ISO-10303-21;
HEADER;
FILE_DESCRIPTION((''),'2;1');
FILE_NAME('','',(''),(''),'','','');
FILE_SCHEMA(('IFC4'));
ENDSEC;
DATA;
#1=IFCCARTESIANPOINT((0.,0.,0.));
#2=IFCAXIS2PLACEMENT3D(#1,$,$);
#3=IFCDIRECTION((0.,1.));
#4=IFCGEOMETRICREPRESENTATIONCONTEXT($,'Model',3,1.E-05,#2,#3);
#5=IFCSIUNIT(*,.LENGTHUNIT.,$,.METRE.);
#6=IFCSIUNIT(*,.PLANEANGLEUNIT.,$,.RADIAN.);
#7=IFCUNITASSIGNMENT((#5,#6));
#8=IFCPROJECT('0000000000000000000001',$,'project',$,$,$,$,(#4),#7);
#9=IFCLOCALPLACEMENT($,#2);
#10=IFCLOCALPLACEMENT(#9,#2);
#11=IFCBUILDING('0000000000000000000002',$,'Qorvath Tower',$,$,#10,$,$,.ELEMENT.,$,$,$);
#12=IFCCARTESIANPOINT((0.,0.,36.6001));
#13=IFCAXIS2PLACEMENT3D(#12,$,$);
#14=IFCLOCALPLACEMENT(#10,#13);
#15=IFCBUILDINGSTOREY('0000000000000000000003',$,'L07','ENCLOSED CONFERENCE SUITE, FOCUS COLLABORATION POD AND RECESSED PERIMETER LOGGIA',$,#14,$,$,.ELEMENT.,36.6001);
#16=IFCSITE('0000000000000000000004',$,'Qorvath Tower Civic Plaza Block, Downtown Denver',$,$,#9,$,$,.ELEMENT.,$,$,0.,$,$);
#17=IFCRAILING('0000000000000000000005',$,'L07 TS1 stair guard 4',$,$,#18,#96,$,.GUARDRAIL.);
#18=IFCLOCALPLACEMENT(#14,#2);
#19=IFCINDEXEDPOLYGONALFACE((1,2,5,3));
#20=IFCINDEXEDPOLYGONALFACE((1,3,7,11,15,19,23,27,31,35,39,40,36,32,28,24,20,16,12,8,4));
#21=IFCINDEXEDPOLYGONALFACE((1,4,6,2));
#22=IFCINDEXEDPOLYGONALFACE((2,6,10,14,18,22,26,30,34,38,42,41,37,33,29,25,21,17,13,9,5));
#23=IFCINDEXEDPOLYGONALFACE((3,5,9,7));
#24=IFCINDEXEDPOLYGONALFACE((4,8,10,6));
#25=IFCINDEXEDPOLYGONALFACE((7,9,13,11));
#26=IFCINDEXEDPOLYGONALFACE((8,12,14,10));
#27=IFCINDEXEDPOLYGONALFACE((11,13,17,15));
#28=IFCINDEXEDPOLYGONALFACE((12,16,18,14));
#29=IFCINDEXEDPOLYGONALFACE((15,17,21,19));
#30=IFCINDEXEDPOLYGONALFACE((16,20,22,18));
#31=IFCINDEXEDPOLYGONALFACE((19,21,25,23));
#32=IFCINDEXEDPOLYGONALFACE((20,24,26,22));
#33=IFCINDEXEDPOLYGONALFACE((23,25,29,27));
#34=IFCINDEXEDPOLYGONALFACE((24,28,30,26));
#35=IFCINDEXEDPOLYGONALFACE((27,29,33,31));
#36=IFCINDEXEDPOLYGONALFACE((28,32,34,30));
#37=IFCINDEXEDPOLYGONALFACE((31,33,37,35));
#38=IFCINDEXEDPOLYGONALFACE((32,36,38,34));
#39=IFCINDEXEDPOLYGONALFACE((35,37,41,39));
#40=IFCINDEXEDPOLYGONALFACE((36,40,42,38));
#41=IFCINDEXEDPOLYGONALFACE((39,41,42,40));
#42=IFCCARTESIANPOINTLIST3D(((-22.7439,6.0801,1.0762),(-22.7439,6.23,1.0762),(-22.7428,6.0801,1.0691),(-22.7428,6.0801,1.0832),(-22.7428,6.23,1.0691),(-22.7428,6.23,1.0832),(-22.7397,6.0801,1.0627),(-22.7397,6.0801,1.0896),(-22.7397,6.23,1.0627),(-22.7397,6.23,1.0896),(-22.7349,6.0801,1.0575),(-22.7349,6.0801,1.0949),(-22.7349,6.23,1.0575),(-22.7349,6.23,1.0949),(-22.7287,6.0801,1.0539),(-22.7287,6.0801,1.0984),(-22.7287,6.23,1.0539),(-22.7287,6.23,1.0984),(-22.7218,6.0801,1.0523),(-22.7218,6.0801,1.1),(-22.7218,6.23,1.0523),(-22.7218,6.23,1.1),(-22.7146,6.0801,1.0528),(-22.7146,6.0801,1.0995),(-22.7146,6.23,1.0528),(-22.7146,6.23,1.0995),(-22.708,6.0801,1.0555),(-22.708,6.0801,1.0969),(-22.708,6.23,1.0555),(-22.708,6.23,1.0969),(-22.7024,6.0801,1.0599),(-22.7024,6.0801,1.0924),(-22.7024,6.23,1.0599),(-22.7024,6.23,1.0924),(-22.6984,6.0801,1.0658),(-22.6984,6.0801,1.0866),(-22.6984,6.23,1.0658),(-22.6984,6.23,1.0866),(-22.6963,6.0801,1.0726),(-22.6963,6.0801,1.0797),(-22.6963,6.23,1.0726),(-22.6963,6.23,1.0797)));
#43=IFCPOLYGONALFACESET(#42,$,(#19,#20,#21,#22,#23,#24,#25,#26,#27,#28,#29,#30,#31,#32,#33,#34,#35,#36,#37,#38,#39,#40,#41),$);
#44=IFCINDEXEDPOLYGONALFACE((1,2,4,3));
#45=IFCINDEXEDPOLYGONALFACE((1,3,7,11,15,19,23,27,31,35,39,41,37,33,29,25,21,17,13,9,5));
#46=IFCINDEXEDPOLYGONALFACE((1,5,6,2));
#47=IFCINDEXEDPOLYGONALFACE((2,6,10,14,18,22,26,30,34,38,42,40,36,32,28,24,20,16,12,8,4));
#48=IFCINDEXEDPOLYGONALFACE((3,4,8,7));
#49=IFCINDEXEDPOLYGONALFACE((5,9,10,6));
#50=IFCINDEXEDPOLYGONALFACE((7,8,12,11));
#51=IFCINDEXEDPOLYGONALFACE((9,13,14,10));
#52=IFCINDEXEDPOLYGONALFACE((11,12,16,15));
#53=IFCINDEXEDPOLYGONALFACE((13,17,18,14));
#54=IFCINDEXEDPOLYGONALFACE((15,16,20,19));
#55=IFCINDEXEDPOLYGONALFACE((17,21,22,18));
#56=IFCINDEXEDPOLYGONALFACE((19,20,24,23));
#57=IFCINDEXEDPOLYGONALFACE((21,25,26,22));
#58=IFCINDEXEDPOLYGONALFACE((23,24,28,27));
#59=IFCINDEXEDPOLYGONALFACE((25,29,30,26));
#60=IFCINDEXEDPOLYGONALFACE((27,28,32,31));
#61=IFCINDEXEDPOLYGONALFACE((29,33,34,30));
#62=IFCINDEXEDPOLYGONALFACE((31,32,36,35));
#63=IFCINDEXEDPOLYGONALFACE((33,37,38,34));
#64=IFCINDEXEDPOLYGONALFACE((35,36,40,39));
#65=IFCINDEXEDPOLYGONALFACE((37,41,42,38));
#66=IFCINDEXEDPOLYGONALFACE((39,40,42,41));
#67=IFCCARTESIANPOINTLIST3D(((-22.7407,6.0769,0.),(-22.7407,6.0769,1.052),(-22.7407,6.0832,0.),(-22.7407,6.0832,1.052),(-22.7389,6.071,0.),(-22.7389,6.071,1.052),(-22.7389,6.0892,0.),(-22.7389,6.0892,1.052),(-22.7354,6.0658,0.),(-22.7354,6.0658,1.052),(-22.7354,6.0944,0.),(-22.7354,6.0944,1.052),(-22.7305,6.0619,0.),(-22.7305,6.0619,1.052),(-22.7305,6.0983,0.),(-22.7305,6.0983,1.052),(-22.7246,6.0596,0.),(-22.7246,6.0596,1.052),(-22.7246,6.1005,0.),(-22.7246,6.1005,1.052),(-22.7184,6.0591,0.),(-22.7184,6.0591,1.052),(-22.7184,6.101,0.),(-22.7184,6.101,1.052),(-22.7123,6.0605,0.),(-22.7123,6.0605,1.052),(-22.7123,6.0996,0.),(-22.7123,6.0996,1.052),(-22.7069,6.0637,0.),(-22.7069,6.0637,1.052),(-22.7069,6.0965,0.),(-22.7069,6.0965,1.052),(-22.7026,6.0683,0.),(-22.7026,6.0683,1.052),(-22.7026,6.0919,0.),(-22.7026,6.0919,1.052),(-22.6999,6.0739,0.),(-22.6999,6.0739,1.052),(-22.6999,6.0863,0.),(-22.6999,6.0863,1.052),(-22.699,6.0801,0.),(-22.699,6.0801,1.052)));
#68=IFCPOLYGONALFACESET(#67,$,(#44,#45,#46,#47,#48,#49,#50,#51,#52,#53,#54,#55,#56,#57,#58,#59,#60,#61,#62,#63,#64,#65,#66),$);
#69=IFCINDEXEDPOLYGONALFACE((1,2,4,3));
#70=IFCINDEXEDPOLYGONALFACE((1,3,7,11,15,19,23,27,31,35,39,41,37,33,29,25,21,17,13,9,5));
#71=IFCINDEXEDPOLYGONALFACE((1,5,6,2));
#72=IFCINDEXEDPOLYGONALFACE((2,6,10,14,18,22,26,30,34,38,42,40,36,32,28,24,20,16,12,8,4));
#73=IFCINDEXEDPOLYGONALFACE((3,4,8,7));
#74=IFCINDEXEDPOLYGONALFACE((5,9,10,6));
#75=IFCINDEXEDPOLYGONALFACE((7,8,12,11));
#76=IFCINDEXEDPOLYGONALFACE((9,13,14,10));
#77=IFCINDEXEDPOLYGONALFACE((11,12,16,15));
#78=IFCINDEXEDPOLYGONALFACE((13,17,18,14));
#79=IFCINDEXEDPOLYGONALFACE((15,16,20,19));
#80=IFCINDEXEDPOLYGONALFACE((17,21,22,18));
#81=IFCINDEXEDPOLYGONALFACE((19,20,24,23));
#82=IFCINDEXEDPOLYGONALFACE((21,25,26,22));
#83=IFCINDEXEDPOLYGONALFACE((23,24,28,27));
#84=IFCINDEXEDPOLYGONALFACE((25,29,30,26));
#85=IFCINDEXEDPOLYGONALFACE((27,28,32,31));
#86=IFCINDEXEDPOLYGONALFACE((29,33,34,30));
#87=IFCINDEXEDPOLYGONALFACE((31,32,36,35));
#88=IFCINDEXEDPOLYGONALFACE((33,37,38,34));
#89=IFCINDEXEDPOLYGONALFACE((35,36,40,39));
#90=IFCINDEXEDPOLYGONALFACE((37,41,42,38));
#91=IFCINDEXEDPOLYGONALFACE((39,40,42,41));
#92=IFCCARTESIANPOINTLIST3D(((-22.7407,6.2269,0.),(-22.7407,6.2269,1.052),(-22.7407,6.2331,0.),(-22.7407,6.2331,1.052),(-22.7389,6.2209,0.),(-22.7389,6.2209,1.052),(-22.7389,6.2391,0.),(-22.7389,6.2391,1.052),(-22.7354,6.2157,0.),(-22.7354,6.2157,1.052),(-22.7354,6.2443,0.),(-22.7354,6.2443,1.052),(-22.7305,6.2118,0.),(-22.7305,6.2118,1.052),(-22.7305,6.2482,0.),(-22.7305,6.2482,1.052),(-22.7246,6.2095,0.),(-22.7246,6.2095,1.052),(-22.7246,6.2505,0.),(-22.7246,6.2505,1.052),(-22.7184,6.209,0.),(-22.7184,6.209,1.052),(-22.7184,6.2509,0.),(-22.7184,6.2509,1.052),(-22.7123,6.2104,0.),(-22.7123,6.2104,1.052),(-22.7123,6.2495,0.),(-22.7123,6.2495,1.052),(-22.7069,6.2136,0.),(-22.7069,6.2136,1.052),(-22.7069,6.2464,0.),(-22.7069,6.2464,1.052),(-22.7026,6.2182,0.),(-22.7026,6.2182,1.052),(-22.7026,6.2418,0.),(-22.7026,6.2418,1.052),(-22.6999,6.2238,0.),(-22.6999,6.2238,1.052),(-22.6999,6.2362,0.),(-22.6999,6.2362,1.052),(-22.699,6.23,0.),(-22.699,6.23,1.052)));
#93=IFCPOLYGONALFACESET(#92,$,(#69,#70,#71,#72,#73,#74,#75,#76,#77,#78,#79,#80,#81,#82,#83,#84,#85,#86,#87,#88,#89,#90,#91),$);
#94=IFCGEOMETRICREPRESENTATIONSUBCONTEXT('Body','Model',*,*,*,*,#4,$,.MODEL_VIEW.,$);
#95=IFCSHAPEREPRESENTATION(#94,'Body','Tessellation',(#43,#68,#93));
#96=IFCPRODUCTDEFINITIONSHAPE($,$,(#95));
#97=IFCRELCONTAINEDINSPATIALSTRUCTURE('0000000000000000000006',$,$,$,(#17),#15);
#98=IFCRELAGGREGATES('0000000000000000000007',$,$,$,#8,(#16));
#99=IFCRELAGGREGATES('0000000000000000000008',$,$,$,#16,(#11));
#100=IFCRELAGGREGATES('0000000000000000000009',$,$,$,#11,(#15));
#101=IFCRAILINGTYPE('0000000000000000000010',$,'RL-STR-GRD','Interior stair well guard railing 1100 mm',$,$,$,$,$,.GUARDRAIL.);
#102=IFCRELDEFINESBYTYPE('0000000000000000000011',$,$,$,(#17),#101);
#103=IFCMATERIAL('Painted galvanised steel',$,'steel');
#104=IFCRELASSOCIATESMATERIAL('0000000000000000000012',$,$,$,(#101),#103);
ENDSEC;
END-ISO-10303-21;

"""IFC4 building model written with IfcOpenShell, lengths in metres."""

from ifc_helpers import new_model, si_unit, direction, frame, origin, origin_2d, place, context, subcontext, project, spatial, circle, extrude, material, type_object, element, save


model = new_model("IFC4")

# Units and contexts
model_context = context("Model", 3, precision=1e-05, world=origin(), true_north=direction((0.0, 1.0)))
body_context = subcontext(model_context, "Body", "Model", "MODEL_VIEW")
ifc_project = project(units=[si_unit("LENGTHUNIT", "METRE"), si_unit("PLANEANGLEUNIT", "RADIAN")], contexts=[model_context])

# Site, building, storey
site_placement = place(None, origin())
site = spatial("IfcSite", under=ifc_project, at=site_placement, Name="Qorvath Tower Civic Plaza Block, Downtown Denver", CompositionType="ELEMENT", RefElevation=0.0)
building_placement = place(site_placement, origin())
building = spatial("IfcBuilding", under=site, at=building_placement, Name="Qorvath Tower", CompositionType="ELEMENT")
storey_placement = place(building_placement, frame((0.0, 0.0, 36.6001)))
storey = spatial("IfcBuildingStorey", under=building, at=storey_placement, Name="L07", Description="ENCLOSED CONFERENCE SUITE, FOCUS COLLABORATION POD AND RECESSED PERIMETER LOGGIA", CompositionType="ELEMENT", Elevation=36.6001)

# Railing
ifc_material_1 = material(Name="Painted galvanised steel", Category="steel")
railing_type_1 = type_object("IfcRailingType", Name="RL-STR-GRD", Description="Interior stair well guard railing 1100 mm", PredefinedType="GUARDRAIL", material=ifc_material_1)
railing_1_placement = place(storey_placement, frame((-22.72, 6.0801, 0.0)))
element("IfcRailing", 1, at=railing_1_placement, inside=storey, type_object=railing_type_1, Name="L07 TS1 stair guard 4", PredefinedType="GUARDRAIL", context=body_context, shape_type="SweptSolid", body=[
    extrude(circle(Radius=0.0239, at=origin_2d()), frame((0.0, 0.0, 1.0762), z_axis=(0.0, 1.0, 0.0), x_axis=(-1.0, 0.0, 0.0)), (0.0, 0.0, 1.0), 0.1499),
    extrude(circle(Radius=0.021, at=origin_2d()), origin(), (0.0, 0.0, 1.0), 1.052),
    extrude(circle(Radius=0.021, at=origin_2d()), frame((0.0, 0.1499, 0.0)), (0.0, 0.0, 1.0), 1.052),
])

save(model, "model.ifc")
